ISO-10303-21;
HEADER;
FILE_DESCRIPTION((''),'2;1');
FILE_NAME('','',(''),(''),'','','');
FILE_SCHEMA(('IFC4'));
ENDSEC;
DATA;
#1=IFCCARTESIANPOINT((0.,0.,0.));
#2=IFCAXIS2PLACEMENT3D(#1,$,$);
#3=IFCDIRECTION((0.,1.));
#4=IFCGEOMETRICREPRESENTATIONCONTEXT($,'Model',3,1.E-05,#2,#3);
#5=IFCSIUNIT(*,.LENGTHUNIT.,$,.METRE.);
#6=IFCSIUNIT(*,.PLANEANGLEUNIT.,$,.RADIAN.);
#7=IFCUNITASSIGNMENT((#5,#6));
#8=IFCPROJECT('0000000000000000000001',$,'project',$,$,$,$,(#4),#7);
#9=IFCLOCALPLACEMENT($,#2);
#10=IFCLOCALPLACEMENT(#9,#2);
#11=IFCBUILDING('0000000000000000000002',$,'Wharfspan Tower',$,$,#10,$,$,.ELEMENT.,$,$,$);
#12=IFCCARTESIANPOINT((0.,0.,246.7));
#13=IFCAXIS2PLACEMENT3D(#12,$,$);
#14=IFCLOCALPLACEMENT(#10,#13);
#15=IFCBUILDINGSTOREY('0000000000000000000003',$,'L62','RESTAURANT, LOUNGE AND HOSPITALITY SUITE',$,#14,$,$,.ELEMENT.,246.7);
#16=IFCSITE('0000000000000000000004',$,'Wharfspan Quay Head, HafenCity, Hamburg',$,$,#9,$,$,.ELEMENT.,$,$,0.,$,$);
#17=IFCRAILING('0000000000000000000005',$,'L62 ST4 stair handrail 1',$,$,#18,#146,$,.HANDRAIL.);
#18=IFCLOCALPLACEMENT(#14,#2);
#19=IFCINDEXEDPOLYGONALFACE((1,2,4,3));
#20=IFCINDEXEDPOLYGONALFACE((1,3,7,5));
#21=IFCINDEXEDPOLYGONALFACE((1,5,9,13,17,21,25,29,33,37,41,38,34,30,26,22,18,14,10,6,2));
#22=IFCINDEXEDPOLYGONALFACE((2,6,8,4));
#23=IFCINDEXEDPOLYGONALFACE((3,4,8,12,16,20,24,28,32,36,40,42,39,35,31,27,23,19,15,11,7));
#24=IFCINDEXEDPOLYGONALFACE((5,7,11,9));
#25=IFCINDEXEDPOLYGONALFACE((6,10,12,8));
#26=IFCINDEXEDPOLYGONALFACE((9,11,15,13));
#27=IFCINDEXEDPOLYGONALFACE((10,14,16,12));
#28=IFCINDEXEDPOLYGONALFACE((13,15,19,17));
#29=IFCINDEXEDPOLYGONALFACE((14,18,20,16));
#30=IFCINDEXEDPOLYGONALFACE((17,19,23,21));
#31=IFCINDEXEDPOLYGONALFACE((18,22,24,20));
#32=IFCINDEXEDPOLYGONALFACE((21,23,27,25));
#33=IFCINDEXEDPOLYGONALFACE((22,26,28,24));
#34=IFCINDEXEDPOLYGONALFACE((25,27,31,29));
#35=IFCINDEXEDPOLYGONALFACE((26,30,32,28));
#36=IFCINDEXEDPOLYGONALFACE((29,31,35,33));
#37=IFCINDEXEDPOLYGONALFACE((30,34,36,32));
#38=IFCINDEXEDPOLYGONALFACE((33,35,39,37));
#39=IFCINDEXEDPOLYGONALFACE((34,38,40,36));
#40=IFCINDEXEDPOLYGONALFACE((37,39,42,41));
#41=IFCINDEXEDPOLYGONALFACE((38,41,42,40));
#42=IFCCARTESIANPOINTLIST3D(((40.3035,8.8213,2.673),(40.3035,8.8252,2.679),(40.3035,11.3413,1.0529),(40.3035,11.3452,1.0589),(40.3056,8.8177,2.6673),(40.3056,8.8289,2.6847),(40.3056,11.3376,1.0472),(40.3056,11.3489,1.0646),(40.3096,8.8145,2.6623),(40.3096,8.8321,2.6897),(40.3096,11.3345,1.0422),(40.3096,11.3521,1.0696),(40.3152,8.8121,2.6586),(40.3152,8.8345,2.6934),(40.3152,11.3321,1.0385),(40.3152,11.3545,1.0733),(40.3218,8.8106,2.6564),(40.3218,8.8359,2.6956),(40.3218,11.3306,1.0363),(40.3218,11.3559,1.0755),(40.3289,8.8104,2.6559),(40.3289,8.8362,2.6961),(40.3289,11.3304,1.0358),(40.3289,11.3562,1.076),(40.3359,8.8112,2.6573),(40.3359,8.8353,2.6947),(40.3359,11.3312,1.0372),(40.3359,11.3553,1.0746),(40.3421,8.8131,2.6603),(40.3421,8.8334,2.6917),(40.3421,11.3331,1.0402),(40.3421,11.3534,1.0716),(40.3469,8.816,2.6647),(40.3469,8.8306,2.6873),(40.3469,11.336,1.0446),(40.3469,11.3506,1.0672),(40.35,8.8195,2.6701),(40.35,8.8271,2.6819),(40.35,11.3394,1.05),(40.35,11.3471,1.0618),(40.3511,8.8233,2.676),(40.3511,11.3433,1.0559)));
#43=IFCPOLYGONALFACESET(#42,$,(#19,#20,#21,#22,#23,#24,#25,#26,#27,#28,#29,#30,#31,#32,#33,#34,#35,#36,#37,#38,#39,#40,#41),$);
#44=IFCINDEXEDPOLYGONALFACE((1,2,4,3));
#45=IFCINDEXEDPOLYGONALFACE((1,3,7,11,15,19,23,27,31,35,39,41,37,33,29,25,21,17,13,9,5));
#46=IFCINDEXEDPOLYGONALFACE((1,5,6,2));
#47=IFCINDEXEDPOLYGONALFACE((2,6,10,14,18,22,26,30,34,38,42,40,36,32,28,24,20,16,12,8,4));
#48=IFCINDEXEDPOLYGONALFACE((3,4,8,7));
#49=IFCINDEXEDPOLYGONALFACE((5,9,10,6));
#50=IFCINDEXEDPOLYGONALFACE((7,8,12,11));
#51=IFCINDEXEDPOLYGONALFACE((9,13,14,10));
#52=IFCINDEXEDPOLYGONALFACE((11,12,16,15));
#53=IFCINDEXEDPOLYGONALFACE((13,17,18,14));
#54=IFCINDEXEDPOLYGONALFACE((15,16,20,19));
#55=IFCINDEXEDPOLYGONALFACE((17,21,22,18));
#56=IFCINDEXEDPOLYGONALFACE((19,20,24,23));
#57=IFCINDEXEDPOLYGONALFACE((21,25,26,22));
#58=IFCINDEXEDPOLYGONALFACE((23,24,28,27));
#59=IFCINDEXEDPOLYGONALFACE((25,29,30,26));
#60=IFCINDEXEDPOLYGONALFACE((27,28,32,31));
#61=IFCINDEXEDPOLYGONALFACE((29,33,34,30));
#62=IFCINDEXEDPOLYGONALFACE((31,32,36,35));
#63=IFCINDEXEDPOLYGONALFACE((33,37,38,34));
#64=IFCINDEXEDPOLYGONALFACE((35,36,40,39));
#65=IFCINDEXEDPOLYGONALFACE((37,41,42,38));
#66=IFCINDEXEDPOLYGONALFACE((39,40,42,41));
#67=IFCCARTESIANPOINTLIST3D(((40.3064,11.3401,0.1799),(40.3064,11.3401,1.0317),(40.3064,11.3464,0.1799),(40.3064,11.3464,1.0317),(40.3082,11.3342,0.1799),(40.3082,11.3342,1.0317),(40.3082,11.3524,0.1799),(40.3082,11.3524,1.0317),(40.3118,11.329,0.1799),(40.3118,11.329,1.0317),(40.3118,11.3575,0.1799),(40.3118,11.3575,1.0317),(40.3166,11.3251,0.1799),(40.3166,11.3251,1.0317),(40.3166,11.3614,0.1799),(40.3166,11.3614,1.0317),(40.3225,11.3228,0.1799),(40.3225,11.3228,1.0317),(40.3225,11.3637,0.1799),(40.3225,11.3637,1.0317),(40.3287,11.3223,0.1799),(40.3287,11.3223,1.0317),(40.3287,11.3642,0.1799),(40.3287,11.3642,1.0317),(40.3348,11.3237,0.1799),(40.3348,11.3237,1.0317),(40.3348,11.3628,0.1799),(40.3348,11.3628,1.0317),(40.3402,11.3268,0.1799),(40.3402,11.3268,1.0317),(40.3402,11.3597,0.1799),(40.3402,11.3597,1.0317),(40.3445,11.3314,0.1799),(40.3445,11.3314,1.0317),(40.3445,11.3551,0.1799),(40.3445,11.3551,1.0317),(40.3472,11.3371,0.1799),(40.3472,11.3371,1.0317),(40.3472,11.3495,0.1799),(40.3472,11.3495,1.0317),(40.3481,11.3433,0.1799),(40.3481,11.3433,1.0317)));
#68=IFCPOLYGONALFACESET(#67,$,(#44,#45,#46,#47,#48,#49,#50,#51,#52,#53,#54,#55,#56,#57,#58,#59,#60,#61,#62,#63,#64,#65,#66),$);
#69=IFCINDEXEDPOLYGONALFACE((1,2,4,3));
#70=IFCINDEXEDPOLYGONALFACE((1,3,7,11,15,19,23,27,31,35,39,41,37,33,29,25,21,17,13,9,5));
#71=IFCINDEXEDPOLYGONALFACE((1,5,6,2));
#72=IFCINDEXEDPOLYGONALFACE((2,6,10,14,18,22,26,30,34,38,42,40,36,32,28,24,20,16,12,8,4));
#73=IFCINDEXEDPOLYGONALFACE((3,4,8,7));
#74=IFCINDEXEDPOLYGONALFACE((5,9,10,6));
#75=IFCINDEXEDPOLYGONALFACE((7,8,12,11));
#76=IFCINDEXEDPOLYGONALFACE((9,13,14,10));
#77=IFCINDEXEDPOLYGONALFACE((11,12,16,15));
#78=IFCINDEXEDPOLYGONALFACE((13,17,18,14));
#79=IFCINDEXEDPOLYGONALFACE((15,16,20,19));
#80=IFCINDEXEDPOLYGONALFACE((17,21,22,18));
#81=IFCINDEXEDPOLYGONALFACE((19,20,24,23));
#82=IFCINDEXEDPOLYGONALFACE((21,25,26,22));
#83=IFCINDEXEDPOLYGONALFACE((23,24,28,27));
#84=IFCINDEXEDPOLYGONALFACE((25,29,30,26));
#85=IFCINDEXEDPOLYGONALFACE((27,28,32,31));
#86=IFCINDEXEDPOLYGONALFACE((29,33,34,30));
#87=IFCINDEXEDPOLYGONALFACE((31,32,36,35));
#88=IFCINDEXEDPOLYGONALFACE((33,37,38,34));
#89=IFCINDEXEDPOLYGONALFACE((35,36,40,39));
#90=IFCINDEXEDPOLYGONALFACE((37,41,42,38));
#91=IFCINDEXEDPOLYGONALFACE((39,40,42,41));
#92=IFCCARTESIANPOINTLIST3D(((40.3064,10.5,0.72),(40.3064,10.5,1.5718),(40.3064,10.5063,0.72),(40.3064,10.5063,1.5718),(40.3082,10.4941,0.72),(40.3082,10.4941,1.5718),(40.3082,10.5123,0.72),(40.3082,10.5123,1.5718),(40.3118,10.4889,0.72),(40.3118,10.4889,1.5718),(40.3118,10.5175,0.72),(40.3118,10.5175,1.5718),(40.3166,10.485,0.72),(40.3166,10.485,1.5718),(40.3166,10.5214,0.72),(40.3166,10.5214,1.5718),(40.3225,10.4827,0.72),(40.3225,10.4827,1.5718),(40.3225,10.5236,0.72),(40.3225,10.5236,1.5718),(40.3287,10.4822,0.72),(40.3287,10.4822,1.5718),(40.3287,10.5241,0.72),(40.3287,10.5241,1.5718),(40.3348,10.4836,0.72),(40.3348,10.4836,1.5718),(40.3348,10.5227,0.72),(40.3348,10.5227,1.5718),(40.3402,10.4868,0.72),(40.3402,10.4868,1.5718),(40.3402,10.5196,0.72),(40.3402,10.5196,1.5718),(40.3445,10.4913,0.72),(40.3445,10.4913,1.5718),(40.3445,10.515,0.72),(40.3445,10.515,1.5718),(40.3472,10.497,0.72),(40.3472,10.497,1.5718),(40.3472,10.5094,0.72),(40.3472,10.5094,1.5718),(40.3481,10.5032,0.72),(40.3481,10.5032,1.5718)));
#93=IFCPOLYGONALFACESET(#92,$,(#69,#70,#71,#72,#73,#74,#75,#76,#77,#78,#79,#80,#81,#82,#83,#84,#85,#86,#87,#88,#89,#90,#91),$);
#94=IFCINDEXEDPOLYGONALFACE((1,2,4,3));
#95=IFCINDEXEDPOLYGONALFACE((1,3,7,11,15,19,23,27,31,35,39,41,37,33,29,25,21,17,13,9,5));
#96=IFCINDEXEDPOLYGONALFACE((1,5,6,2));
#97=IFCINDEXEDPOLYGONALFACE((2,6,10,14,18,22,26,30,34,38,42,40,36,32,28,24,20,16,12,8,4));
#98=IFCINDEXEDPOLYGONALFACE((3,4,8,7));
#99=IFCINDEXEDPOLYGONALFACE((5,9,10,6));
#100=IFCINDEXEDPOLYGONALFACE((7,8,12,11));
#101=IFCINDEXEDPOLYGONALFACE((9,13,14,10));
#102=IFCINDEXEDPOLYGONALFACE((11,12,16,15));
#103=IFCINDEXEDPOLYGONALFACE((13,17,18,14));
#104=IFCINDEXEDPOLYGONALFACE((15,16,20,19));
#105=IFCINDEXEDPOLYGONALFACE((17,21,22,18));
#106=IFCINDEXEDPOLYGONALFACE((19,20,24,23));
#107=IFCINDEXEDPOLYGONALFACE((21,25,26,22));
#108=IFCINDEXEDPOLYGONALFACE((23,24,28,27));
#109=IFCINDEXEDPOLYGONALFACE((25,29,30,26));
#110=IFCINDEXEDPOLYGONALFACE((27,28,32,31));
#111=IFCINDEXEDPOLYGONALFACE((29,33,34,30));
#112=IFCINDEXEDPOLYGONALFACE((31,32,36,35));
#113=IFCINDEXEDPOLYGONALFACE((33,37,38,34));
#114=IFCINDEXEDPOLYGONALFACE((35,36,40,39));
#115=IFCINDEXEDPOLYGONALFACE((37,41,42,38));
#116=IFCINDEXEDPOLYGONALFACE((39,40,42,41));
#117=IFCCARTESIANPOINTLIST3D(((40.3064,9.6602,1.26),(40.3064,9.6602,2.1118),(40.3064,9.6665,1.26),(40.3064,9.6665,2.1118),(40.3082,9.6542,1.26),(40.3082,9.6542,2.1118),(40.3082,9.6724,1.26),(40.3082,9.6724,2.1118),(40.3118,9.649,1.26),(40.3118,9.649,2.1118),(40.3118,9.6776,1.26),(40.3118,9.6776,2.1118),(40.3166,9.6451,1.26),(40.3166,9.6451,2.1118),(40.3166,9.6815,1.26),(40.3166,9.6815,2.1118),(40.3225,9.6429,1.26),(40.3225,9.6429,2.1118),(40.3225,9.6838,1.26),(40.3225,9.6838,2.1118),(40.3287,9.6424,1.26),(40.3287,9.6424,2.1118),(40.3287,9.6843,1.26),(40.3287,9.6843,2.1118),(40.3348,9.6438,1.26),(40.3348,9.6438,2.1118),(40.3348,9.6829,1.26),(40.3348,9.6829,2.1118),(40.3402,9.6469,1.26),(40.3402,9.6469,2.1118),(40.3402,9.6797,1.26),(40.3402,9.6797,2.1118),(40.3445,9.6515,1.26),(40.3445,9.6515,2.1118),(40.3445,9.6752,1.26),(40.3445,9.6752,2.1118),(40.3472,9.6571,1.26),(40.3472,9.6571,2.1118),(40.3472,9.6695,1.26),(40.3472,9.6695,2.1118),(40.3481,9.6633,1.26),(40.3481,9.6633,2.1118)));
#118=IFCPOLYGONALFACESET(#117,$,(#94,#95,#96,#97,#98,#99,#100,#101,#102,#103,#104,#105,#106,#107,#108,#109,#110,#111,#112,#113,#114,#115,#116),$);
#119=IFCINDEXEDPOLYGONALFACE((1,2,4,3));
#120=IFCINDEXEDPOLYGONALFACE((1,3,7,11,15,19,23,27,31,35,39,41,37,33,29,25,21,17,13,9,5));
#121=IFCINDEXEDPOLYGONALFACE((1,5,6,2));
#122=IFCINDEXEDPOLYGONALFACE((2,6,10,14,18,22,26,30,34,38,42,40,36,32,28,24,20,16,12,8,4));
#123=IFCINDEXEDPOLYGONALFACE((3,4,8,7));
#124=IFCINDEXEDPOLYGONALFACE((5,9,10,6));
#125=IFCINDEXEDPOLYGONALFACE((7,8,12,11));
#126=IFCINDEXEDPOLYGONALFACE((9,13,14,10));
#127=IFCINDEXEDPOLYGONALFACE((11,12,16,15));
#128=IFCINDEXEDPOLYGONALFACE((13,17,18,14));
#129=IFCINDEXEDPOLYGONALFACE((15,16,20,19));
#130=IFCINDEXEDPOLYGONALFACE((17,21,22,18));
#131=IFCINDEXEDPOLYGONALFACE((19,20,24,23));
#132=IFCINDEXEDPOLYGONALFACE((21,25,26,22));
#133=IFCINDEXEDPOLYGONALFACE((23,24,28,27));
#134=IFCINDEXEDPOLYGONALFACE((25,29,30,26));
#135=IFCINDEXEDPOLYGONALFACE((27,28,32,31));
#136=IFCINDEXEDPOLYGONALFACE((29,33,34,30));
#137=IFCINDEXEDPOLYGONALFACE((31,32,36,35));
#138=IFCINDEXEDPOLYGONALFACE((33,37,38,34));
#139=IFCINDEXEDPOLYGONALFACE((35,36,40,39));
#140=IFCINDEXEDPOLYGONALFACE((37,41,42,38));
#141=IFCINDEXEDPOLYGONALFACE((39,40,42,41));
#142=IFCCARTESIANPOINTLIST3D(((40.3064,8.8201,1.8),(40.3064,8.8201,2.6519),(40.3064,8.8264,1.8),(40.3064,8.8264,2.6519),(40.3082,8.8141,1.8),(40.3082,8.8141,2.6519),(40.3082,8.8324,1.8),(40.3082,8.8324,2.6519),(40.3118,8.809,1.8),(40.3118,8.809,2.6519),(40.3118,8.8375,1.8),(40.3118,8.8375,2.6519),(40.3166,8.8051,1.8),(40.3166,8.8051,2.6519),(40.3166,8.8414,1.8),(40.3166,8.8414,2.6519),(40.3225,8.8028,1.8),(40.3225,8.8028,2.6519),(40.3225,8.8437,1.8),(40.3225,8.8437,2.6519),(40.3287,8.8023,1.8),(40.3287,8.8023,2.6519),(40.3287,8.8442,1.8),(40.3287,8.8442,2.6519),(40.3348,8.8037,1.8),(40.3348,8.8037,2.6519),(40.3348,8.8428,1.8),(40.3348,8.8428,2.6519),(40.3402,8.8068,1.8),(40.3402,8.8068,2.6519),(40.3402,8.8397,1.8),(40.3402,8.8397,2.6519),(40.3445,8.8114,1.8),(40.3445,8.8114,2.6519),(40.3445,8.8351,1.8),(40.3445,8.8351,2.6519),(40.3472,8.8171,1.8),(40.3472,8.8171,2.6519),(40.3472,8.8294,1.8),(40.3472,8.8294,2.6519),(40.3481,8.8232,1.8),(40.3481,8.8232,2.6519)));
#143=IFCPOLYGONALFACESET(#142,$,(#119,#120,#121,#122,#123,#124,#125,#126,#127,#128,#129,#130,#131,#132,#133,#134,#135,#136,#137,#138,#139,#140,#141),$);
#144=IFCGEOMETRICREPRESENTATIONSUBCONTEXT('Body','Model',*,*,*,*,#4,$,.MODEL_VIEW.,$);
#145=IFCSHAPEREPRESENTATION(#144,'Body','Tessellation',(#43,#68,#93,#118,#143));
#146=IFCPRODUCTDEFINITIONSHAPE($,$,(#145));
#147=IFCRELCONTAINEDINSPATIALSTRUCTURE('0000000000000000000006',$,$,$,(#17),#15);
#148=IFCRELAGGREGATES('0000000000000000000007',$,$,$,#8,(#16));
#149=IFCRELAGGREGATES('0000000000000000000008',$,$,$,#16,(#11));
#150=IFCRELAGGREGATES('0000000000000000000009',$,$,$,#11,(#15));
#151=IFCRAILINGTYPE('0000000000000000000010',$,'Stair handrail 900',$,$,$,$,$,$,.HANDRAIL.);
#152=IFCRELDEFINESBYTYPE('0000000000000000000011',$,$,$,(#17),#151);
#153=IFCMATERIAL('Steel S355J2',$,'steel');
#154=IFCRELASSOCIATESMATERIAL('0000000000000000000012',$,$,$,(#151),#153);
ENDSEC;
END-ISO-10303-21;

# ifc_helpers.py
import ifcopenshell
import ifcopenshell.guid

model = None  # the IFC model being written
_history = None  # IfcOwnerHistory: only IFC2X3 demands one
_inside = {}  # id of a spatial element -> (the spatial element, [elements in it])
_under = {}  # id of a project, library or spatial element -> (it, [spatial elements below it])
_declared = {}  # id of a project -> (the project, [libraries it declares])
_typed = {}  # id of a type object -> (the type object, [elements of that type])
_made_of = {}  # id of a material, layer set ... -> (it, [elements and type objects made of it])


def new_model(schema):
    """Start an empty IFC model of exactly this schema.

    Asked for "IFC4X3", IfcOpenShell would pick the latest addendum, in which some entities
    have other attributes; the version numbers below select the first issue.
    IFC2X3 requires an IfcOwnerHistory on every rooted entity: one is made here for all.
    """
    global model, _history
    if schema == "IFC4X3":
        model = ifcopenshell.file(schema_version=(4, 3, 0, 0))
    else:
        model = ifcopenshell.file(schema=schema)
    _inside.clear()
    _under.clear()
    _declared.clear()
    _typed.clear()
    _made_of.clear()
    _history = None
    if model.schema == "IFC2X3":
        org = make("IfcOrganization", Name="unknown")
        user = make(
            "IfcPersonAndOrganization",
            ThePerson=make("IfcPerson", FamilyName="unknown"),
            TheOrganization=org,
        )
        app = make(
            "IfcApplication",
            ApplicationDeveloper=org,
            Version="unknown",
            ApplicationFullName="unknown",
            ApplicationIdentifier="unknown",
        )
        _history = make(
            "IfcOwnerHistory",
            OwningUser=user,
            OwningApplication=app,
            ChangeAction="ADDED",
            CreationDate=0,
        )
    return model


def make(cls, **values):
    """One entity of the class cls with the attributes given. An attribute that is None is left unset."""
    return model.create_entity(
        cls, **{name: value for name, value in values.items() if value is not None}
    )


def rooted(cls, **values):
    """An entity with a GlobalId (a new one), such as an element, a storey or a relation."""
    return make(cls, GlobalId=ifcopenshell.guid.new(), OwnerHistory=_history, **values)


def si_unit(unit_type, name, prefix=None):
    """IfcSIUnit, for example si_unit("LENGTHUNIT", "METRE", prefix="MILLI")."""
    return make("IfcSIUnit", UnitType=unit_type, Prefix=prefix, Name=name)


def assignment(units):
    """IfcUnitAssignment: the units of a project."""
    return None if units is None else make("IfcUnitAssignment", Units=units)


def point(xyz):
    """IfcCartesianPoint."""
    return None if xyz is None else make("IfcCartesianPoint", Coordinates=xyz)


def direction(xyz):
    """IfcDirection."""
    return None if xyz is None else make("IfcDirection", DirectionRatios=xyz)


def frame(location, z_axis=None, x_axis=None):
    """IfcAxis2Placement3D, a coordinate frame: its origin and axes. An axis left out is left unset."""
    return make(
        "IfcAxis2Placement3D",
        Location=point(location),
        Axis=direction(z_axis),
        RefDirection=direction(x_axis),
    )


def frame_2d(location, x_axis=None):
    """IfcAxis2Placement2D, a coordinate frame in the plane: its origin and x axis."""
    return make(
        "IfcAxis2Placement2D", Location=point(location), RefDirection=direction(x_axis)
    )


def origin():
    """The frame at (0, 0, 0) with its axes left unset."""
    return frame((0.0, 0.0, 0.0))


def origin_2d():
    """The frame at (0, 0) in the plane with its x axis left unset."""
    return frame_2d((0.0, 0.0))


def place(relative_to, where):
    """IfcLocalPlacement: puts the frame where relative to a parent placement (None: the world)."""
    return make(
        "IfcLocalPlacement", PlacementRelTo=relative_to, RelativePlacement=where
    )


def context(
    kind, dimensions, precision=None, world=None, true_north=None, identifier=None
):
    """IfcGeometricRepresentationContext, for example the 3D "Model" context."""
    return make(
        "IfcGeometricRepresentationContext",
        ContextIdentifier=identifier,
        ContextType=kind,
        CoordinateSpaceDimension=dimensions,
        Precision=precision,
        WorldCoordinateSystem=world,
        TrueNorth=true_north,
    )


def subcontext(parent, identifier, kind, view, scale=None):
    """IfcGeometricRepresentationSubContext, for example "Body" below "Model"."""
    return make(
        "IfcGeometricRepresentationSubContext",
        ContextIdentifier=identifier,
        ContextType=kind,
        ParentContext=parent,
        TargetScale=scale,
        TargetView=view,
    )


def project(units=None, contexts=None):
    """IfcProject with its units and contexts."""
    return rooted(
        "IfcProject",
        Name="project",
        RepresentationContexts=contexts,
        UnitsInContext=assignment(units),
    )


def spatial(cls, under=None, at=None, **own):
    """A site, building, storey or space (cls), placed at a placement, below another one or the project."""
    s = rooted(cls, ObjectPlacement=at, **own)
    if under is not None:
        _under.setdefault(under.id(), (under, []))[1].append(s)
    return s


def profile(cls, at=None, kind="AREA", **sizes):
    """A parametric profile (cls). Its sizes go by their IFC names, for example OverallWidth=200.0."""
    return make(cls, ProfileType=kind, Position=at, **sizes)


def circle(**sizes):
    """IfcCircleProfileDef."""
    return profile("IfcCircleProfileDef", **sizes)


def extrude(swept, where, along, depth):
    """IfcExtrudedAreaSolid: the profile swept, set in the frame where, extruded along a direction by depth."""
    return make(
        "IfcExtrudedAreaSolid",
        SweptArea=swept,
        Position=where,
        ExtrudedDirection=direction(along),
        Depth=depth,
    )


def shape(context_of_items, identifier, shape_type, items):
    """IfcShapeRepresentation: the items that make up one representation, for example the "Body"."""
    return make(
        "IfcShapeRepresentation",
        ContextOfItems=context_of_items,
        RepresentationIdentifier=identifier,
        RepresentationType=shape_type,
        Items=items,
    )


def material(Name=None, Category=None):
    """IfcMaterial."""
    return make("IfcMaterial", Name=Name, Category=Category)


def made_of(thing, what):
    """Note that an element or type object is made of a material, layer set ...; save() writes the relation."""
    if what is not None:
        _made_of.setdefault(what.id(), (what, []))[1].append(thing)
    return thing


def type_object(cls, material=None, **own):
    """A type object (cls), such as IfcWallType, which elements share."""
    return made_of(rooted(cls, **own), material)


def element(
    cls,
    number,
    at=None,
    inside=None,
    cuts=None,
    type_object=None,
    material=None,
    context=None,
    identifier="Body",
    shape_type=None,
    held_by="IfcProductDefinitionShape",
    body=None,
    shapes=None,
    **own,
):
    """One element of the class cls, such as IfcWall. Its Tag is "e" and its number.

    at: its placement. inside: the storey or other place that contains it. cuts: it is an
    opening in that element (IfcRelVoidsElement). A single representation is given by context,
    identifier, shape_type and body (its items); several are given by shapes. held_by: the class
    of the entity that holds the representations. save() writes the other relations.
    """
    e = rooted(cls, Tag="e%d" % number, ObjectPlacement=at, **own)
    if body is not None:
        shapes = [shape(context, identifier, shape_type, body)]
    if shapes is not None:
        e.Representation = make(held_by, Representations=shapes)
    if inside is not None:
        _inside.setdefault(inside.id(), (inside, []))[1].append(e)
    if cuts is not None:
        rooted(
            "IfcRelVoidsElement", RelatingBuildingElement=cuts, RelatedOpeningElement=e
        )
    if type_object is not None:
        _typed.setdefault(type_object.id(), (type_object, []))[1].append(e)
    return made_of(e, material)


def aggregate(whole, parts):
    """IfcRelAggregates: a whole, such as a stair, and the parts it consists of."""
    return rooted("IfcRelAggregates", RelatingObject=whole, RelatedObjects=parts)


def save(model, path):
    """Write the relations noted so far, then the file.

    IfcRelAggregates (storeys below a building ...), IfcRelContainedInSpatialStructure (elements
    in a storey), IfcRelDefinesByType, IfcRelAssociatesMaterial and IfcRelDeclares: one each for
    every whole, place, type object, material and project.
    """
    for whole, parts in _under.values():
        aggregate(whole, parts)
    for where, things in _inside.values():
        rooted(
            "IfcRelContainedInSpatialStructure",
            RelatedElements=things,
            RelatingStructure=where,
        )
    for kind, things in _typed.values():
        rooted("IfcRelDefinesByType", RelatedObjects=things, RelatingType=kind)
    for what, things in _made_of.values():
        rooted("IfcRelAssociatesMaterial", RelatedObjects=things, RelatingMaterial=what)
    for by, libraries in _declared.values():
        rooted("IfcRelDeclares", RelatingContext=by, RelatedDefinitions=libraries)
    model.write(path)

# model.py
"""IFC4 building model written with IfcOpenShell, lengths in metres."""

from ifc_helpers import new_model, si_unit, direction, frame, origin, origin_2d, place, context, subcontext, project, spatial, circle, extrude, material, type_object, element, save


model = new_model("IFC4")

# Units and contexts
model_context = context("Model", 3, precision=1e-05, world=origin(), true_north=direction((0.0, 1.0)))
body_context = subcontext(model_context, "Body", "Model", "MODEL_VIEW")
ifc_project = project(units=[si_unit("LENGTHUNIT", "METRE"), si_unit("PLANEANGLEUNIT", "RADIAN")], contexts=[model_context])

# Site, building, storey
site_placement = place(None, origin())
site = spatial("IfcSite", under=ifc_project, at=site_placement, Name="Wharfspan Quay Head, HafenCity, Hamburg", CompositionType="ELEMENT", RefElevation=0.0)
building_placement = place(site_placement, origin())
building = spatial("IfcBuilding", under=site, at=building_placement, Name="Wharfspan Tower", CompositionType="ELEMENT")
storey_placement = place(building_placement, frame((0.0, 0.0, 246.7)))
storey = spatial("IfcBuildingStorey", under=building, at=storey_placement, Name="L62", Description="RESTAURANT, LOUNGE AND HOSPITALITY SUITE", CompositionType="ELEMENT", Elevation=246.7)

# Shared definitions
ifc_material_1 = material(Name="Steel S355J2", Category="steel")

# Railing
railing_type_1 = type_object("IfcRailingType", Name="Stair handrail 900", PredefinedType="HANDRAIL", material=ifc_material_1)
railing_1_placement = place(storey_placement, frame((40.3271, 11.3433, 0.1799)))
element("IfcRailing", 1, at=railing_1_placement, inside=storey, type_object=railing_type_1, Name="L62 ST4 stair handrail 1", PredefinedType="HANDRAIL", context=body_context, shape_type="SweptSolid", body=[
    extrude(circle(Radius=0.0239, at=origin_2d()), frame((0.0, 0.0, 0.876), z_axis=(0.0, -0.841163, 0.540782), x_axis=(1.0, 0.0, 0.0)), (0.0, 0.0, 1.0), 2.9958),
    extrude(circle(Radius=0.021, at=origin_2d()), origin(), (0.0, 0.0, 1.0), 0.8518),
    extrude(circle(Radius=0.021, at=origin_2d()), frame((0.0, -0.8401, 0.54)), (0.0, 0.0, 1.0), 0.8518),
    extrude(circle(Radius=0.021, at=origin_2d()), frame((0.0, -1.6799, 1.0801)), (0.0, 0.0, 1.0), 0.8518),
    extrude(circle(Radius=0.021, at=origin_2d()), frame((0.0, -2.52, 1.6201)), (0.0, 0.0, 1.0), 0.8518),
])

save(model, "model.ifc")
